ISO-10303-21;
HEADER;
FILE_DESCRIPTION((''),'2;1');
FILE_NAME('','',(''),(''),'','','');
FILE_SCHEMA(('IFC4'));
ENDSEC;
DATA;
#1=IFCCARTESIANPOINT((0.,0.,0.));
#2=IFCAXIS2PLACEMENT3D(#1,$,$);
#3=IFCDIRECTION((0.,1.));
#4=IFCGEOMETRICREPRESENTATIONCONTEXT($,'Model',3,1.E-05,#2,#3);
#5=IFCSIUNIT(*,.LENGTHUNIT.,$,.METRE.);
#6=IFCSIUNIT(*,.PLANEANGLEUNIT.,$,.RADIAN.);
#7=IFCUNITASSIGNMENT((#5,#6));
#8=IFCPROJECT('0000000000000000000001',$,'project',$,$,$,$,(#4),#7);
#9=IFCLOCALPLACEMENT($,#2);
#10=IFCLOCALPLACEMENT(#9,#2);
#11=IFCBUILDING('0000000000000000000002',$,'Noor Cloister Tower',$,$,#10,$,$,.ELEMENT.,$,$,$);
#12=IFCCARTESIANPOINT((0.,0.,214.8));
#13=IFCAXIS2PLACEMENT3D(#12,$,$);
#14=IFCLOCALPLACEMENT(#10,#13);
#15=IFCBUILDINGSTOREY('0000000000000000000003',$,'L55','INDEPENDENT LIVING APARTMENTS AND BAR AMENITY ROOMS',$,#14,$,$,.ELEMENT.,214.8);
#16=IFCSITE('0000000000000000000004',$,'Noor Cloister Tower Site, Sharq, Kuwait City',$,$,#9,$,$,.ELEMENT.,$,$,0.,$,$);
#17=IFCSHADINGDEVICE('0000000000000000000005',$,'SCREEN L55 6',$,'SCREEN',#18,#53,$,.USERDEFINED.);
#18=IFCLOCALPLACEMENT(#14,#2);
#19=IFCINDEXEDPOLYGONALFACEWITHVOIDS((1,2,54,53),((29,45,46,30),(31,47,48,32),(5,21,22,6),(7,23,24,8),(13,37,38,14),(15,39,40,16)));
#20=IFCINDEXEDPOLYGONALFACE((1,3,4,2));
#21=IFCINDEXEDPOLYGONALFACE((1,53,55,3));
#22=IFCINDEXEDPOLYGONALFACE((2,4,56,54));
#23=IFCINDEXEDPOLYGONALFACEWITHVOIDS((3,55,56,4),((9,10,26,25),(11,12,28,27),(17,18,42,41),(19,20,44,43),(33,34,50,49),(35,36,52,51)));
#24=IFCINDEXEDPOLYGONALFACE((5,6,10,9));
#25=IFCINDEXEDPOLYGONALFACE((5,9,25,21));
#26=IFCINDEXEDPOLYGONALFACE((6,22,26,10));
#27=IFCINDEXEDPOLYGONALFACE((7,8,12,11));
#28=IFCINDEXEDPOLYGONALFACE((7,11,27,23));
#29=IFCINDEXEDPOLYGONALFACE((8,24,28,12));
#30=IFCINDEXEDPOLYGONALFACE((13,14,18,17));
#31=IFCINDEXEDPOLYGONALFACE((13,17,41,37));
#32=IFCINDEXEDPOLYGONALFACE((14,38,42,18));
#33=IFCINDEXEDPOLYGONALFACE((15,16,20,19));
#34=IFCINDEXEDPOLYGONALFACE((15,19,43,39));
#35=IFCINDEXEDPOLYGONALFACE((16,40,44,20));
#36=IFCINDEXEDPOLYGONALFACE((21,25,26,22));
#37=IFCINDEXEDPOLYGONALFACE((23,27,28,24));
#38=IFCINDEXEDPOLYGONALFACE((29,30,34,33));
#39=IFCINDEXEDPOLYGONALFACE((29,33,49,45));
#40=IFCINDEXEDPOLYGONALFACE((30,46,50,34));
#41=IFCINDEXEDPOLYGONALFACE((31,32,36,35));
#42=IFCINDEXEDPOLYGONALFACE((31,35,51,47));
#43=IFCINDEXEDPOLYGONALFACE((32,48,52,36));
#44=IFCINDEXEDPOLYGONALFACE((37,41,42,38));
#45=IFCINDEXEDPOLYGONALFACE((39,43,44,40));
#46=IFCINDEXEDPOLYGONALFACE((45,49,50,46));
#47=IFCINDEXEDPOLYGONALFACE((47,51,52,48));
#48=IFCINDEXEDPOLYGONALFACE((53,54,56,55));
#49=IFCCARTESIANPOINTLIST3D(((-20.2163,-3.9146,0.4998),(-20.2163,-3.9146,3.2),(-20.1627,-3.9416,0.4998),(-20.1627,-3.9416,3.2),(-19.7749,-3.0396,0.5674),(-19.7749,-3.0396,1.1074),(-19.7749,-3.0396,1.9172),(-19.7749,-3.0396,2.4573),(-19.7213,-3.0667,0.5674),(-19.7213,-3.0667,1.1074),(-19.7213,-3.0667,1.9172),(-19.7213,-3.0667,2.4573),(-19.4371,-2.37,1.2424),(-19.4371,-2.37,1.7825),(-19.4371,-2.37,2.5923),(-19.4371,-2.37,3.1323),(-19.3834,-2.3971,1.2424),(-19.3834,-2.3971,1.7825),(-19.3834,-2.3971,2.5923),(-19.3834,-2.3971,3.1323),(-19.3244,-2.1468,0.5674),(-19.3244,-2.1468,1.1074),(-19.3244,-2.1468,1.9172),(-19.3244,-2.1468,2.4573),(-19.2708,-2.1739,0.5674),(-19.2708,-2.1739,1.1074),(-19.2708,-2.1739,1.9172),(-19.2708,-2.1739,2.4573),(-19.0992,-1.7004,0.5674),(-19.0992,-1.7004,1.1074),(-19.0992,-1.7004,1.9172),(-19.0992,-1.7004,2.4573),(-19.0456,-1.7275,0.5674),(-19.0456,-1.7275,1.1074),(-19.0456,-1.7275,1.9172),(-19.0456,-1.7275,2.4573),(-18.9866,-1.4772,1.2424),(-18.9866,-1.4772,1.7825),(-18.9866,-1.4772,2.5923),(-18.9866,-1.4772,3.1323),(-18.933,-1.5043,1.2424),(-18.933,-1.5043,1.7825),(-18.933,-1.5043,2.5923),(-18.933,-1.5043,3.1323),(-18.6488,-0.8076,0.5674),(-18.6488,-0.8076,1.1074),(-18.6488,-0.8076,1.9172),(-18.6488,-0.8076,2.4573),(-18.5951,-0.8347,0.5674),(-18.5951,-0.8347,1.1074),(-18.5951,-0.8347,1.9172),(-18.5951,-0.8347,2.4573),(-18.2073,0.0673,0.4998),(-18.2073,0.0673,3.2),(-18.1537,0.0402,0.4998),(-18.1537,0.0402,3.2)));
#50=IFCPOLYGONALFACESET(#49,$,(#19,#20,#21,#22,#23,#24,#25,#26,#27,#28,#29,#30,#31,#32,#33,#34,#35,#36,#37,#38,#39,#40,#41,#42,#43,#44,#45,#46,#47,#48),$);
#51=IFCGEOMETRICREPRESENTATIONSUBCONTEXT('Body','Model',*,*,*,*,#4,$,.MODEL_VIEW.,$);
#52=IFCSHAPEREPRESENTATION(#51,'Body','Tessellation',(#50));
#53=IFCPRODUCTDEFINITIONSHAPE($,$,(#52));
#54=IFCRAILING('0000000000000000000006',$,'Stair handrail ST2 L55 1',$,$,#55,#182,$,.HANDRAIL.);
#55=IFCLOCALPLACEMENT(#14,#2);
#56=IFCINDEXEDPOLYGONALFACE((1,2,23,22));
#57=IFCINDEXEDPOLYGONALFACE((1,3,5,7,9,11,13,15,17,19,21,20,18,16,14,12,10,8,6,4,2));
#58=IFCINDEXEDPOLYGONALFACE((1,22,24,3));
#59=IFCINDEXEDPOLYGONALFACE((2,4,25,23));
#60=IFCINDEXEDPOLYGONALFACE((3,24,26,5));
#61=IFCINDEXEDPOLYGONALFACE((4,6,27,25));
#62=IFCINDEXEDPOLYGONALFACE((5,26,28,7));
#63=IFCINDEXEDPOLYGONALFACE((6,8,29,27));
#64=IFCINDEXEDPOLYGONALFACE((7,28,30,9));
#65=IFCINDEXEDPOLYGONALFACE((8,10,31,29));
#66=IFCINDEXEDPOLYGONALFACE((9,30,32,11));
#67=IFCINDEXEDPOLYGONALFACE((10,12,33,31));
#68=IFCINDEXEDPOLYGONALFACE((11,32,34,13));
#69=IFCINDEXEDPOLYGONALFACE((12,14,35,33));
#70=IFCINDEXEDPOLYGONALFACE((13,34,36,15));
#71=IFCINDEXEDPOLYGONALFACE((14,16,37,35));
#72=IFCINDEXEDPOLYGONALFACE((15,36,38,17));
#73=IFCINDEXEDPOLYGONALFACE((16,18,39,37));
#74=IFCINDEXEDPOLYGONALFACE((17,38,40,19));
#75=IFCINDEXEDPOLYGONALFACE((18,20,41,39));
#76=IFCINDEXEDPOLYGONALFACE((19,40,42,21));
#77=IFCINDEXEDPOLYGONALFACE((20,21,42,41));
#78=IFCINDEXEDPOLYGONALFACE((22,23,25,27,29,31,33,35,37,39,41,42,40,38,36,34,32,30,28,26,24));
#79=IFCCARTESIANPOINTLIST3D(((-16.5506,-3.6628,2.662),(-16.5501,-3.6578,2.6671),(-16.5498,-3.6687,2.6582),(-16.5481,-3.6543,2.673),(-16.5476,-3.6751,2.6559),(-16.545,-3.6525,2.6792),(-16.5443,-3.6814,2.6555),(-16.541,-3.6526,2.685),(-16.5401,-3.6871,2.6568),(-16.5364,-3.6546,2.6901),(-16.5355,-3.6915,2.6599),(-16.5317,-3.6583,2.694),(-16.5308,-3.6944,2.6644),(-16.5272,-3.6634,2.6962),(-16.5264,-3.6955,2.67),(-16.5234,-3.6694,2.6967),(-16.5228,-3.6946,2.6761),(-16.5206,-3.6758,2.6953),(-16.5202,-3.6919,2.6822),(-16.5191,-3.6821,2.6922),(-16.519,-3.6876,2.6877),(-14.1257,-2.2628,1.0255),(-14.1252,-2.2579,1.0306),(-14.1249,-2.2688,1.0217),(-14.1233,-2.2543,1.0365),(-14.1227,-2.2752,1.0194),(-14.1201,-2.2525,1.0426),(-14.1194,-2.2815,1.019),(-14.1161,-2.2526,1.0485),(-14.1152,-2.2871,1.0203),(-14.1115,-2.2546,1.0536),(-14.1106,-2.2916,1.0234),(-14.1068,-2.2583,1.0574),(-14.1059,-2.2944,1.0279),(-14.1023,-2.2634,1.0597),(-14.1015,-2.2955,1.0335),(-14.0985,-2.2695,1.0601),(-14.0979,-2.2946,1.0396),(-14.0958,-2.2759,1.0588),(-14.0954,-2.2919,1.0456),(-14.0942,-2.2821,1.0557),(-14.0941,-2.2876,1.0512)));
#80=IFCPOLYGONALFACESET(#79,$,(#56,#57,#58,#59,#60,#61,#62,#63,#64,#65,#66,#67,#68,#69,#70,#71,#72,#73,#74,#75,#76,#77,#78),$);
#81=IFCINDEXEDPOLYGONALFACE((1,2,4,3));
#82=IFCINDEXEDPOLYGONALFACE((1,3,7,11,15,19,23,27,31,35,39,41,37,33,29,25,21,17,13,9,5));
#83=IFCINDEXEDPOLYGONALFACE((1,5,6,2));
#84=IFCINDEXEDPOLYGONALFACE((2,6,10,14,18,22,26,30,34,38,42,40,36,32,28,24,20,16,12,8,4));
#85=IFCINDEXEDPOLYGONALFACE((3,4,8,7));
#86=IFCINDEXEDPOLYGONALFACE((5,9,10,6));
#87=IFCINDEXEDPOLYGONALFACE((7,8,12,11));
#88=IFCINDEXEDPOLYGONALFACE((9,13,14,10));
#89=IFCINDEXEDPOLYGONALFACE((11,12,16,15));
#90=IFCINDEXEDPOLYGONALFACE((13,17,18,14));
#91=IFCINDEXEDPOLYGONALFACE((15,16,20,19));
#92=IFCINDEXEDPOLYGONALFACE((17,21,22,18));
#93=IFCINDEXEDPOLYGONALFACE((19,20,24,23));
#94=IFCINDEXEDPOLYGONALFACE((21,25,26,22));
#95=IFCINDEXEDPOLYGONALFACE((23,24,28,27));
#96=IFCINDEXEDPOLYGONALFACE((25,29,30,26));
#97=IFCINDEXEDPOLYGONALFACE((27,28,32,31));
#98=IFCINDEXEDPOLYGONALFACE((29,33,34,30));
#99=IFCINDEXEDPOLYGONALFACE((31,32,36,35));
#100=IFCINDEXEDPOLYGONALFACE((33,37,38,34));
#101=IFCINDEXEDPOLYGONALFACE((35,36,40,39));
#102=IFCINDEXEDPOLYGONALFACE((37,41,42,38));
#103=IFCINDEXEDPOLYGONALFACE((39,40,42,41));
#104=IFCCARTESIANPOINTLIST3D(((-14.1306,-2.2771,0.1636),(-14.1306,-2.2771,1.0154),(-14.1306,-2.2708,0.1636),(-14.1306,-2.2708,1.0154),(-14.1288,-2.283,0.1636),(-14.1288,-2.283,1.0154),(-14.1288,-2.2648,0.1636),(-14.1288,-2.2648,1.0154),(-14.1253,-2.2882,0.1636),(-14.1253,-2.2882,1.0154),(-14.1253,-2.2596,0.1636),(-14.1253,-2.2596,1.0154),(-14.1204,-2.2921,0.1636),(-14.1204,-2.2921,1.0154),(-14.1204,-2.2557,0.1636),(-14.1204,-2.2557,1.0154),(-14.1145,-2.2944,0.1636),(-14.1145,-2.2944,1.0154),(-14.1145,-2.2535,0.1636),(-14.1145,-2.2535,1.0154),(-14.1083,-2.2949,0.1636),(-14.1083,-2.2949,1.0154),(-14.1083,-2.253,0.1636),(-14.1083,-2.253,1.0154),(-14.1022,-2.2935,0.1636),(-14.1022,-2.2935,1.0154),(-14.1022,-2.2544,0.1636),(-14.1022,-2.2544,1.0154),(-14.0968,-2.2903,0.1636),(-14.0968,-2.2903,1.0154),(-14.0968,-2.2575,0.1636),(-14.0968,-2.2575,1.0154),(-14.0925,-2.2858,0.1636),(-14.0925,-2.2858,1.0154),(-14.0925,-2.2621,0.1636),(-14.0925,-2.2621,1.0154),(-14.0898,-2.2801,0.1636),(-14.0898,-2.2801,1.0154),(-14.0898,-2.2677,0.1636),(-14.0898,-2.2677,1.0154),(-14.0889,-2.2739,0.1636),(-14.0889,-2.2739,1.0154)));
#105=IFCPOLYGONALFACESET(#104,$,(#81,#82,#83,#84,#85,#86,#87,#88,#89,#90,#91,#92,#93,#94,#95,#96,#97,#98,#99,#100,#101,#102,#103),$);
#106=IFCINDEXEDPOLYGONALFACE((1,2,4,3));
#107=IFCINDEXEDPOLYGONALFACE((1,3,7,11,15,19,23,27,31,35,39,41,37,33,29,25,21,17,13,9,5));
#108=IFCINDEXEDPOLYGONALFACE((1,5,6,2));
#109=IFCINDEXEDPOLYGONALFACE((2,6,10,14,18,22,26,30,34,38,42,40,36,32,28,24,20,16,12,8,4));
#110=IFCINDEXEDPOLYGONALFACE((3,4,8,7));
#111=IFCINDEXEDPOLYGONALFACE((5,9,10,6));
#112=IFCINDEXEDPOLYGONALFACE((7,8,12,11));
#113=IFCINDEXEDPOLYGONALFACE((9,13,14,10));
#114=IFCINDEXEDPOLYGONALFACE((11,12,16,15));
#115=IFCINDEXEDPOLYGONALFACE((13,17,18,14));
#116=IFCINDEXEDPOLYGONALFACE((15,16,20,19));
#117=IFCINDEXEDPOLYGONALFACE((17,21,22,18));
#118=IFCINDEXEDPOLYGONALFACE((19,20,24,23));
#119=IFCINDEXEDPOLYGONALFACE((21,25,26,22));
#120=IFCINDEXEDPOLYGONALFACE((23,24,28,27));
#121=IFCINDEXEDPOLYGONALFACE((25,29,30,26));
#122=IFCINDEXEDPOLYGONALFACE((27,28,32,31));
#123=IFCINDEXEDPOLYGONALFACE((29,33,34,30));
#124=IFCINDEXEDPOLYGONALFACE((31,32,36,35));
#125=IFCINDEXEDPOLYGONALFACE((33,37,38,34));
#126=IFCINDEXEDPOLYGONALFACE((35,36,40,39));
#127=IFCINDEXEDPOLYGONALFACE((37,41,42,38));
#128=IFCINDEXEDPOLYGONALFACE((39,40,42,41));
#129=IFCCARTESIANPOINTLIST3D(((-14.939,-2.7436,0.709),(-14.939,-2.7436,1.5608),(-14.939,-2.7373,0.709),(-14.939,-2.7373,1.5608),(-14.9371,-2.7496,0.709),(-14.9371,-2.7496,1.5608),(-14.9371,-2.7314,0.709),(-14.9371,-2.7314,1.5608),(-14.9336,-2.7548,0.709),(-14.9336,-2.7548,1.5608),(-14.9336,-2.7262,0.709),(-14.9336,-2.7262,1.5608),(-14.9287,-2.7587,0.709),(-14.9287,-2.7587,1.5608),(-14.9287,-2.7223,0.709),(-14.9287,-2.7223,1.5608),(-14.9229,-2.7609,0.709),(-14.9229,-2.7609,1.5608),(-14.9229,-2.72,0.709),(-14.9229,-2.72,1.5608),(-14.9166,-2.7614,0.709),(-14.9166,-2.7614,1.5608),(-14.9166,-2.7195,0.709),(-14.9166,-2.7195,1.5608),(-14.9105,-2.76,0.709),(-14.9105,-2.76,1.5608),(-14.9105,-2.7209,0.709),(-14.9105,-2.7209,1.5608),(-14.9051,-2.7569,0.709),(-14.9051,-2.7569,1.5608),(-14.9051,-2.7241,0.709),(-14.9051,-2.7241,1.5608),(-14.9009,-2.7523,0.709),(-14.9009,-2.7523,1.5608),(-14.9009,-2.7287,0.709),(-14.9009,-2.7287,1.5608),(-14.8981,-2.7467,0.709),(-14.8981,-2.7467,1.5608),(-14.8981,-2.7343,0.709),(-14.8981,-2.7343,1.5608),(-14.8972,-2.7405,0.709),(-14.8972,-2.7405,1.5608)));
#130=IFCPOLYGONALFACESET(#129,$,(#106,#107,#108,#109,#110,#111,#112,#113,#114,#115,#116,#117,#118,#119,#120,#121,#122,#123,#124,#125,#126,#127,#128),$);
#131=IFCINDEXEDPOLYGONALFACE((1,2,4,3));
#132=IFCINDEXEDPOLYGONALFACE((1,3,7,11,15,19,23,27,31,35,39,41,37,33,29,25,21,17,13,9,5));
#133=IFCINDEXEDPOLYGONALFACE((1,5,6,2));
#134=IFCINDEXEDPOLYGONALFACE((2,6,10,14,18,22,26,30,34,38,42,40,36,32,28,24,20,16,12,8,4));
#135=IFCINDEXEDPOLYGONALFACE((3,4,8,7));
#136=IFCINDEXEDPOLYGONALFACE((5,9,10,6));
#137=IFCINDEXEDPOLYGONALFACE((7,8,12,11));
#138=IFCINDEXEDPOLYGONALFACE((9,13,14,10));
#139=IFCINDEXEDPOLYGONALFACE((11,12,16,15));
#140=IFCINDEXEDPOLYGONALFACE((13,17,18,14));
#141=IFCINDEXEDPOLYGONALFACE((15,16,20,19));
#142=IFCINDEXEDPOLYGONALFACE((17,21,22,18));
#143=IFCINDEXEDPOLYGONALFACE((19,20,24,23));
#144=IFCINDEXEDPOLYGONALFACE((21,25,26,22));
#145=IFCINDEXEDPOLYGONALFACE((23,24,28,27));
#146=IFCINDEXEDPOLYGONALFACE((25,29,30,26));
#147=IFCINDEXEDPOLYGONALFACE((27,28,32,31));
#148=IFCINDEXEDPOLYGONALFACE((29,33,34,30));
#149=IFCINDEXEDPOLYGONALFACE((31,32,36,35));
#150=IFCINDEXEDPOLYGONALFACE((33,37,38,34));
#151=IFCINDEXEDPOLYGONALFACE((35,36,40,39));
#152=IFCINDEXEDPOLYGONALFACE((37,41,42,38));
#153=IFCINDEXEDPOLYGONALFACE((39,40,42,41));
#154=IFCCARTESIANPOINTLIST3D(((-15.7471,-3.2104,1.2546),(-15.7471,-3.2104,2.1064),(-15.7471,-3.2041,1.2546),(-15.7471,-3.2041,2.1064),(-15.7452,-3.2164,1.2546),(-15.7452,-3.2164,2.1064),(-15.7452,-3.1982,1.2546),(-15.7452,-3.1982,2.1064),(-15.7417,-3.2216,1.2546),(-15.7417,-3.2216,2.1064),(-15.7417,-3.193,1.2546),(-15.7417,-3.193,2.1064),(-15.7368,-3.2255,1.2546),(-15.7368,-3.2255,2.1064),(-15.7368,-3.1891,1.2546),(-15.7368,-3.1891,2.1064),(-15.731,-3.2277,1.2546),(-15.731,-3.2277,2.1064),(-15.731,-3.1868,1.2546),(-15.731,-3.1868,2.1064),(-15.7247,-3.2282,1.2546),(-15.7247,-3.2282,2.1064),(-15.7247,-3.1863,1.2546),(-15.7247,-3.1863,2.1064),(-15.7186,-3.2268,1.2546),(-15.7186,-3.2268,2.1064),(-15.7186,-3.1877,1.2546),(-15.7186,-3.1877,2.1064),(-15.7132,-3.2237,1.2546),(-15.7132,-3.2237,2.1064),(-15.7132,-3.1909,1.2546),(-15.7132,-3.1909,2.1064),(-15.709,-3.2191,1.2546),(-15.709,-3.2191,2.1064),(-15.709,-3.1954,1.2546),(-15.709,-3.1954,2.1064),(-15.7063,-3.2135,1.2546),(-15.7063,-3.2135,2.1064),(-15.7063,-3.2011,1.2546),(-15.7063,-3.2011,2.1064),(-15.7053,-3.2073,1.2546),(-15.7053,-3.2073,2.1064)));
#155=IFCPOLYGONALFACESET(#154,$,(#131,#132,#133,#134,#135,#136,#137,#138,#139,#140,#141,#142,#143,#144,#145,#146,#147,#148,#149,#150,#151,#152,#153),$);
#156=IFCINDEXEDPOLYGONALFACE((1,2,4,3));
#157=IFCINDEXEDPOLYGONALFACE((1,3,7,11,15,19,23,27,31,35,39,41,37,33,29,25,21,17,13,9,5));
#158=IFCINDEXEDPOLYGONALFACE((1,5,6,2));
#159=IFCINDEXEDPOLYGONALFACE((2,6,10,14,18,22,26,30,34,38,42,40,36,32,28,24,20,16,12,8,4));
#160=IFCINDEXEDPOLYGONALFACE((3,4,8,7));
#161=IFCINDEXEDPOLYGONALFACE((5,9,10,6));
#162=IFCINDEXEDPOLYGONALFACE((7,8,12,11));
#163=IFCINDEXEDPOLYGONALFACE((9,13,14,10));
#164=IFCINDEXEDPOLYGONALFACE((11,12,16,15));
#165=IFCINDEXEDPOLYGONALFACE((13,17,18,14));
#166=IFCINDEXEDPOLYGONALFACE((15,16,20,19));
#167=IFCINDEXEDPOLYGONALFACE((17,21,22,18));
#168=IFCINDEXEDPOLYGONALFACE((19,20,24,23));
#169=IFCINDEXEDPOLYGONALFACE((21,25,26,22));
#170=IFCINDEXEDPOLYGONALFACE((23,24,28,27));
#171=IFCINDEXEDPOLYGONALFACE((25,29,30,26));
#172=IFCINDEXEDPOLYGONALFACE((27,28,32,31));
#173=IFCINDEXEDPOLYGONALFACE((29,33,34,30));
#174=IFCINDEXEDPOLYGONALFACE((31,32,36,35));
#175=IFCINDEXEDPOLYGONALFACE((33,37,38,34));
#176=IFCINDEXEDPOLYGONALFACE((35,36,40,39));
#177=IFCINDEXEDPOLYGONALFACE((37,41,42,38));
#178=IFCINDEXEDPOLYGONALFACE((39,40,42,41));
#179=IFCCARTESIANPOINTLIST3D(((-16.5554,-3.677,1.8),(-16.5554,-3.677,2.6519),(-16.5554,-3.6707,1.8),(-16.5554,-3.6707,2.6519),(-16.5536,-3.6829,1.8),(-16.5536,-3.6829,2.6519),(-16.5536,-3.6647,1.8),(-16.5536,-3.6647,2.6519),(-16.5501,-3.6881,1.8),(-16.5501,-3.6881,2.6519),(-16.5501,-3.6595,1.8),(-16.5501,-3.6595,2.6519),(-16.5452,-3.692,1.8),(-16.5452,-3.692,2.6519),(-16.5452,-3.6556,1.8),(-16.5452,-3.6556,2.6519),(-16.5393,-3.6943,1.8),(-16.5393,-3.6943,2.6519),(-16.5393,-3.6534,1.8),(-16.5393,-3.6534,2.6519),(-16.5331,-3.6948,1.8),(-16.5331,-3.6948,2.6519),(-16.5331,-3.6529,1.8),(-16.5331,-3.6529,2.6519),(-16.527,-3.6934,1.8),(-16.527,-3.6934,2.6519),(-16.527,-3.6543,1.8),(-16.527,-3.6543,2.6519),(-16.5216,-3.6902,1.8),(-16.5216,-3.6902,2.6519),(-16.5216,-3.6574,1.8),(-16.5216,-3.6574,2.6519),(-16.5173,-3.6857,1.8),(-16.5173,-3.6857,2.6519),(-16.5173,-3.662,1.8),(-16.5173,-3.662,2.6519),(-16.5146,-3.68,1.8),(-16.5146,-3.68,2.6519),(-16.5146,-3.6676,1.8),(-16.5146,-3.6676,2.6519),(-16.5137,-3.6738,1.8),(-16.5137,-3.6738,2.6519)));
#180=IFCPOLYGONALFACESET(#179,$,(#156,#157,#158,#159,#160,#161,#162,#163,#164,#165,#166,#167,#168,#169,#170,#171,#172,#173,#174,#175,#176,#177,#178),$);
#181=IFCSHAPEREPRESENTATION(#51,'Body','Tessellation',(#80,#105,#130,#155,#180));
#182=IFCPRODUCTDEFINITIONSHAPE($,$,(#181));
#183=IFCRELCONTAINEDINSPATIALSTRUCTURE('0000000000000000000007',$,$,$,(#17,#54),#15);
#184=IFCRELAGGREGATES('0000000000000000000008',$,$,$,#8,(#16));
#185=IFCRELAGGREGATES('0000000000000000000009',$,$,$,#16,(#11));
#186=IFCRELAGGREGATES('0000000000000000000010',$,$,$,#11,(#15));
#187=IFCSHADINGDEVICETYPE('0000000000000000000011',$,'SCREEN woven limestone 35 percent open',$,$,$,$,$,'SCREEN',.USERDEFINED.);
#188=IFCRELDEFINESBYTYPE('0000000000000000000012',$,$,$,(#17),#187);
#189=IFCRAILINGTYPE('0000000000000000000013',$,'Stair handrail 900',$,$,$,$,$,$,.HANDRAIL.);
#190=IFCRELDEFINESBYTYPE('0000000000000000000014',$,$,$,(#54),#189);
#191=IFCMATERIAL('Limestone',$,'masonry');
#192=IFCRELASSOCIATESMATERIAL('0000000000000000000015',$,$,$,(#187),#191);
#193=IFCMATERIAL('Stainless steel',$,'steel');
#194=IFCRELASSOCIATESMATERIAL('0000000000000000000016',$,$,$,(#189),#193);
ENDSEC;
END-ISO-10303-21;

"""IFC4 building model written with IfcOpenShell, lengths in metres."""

from ifc_helpers import new_model, si_unit, direction, frame, origin, origin_2d, place, context, subcontext, project, spatial, polyline, circle, outline, extrude, material, material_profile, profile_set, type_object, element, save


model = new_model("IFC4")

# Units and contexts
model_context = context("Model", 3, precision=1e-05, world=origin(), true_north=direction((0.0, 1.0)))
body_context = subcontext(model_context, "Body", "Model", "MODEL_VIEW")
ifc_project = project(units=[si_unit("LENGTHUNIT", "METRE"), si_unit("PLANEANGLEUNIT", "RADIAN")], contexts=[model_context])

# Site, building, storey
site_placement = place(None, origin())
site = spatial("IfcSite", under=ifc_project, at=site_placement, Name="Noor Cloister Tower Site, Sharq, Kuwait City", CompositionType="ELEMENT", RefElevation=0.0)
building_placement = place(site_placement, origin())
building = spatial("IfcBuilding", under=site, at=building_placement, Name="Noor Cloister Tower", CompositionType="ELEMENT")
storey_placement = place(building_placement, frame((0.0, 0.0, 214.8)))
storey = spatial("IfcBuildingStorey", under=building, at=storey_placement, Name="L55", Description="INDEPENDENT LIVING APARTMENTS AND BAR AMENITY ROOMS", CompositionType="ELEMENT", Elevation=214.8)

# Shading device
ifc_material_1 = material(Name="Limestone", Category="masonry")
ifc_material_profile_1 = material_profile(ifc_material_1, outline(polyline([(-2.23, -1.3501), (2.23, -1.3501), (2.23, 1.3501), (-2.23, 1.3501), (-2.23, -1.3501)]), holes=[polyline([(-1.25, -1.2825), (-0.25, -1.2825), (-0.25, -0.7424), (-1.25, -0.7424), (-1.25, -1.2825)]), polyline([(0.25, -1.2825), (1.25, -1.2825), (1.25, -0.7424), (0.25, -0.7424), (0.25, -1.2825)]), polyline([(-0.5, -0.6074), (0.5, -0.6074), (0.5, -0.0674), (-0.5, -0.0674), (-0.5, -0.6074)]), polyline([(-1.25, 0.0674), (-0.25, 0.0674), (-0.25, 0.6074), (-1.25, 0.6074), (-1.25, 0.0674)]), polyline([(0.25, 0.0674), (1.25, 0.0674), (1.25, 0.6074), (0.25, 0.6074), (0.25, 0.0674)]), polyline([(-0.5, 0.7424), (0.5, 0.7424), (0.5, 1.2825), (-0.5, 1.2825), (-0.5, 0.7424)])]), Name="Woven screen 35 percent open")
ifc_profile_set_1 = profile_set([ifc_material_profile_1], Name="Limestone")
shading_device_type = type_object("IfcShadingDeviceType", Name="SCREEN woven limestone 35 percent open", ElementType="SCREEN", PredefinedType="USERDEFINED", material=ifc_profile_set_1)
shading_device_placement = place(storey_placement, frame((-19.1582, -1.9507, 1.8499), z_axis=(-0.892798, 0.450457, 0.0), x_axis=(-0.450457, -0.892798, 0.0)))
element("IfcShadingDevice", 1, at=shading_device_placement, inside=storey, type_object=shading_device_type, Name="SCREEN L55 6", ObjectType="SCREEN", PredefinedType="USERDEFINED", context=body_context, shape_type="SweptSolid", body=[
    extrude(outline(polyline([(-2.23, -1.3501), (2.23, -1.3501), (2.23, 1.3501), (-2.23, 1.3501), (-2.23, -1.3501)]), holes=[polyline([(-1.25, -1.2825), (-0.25, -1.2825), (-0.25, -0.7424), (-1.25, -0.7424), (-1.25, -1.2825)]), polyline([(0.25, -1.2825), (1.25, -1.2825), (1.25, -0.7424), (0.25, -0.7424), (0.25, -1.2825)]), polyline([(-0.5, -0.6074), (0.5, -0.6074), (0.5, -0.0674), (-0.5, -0.0674), (-0.5, -0.6074)]), polyline([(-1.25, 0.0674), (-0.25, 0.0674), (-0.25, 0.6074), (-1.25, 0.6074), (-1.25, 0.0674)]), polyline([(0.25, 0.0674), (1.25, 0.0674), (1.25, 0.6074), (0.25, 0.6074), (0.25, 0.0674)]), polyline([(-0.5, 0.7424), (0.5, 0.7424), (0.5, 1.2825), (-0.5, 1.2825), (-0.5, 0.7424)])]), origin(), (0.0, 0.0, 1.0), 0.0601),
])

# Railing
ifc_material_2 = material(Name="Stainless steel", Category="steel")
railing_type_1 = type_object("IfcRailingType", Name="Stair handrail 900", PredefinedType="HANDRAIL", material=ifc_material_2)
railing_1_placement = place(storey_placement, frame((-14.1099, -2.2739, 0.1636)))
element("IfcRailing", 2, at=railing_1_placement, inside=storey, type_object=railing_type_1, Name="Stair handrail ST2 L55 1", PredefinedType="HANDRAIL", context=body_context, shape_type="SweptSolid", body=[
    extrude(circle(Radius=0.0239, at=origin_2d()), frame((0.0, 0.0, 0.876), z_axis=(-0.74769, -0.431661, 0.504608), x_axis=(0.499984, -0.866035, 0.0)), (0.0, 0.0, 1.0), 3.2432),
    extrude(circle(Radius=0.021, at=origin_2d()), origin(), (0.0, 0.0, 1.0), 0.8518),
    extrude(circle(Radius=0.021, at=origin_2d()), frame((-0.8083, -0.4666, 0.5454)), (0.0, 0.0, 1.0), 0.8518),
    extrude(circle(Radius=0.021, at=origin_2d()), frame((-1.6165, -0.9333, 1.0911)), (0.0, 0.0, 1.0), 0.8518),
    extrude(circle(Radius=0.021, at=origin_2d()), frame((-2.4248, -1.3999, 1.6365)), (0.0, 0.0, 1.0), 0.8518),
])

save(model, "model.ifc")
